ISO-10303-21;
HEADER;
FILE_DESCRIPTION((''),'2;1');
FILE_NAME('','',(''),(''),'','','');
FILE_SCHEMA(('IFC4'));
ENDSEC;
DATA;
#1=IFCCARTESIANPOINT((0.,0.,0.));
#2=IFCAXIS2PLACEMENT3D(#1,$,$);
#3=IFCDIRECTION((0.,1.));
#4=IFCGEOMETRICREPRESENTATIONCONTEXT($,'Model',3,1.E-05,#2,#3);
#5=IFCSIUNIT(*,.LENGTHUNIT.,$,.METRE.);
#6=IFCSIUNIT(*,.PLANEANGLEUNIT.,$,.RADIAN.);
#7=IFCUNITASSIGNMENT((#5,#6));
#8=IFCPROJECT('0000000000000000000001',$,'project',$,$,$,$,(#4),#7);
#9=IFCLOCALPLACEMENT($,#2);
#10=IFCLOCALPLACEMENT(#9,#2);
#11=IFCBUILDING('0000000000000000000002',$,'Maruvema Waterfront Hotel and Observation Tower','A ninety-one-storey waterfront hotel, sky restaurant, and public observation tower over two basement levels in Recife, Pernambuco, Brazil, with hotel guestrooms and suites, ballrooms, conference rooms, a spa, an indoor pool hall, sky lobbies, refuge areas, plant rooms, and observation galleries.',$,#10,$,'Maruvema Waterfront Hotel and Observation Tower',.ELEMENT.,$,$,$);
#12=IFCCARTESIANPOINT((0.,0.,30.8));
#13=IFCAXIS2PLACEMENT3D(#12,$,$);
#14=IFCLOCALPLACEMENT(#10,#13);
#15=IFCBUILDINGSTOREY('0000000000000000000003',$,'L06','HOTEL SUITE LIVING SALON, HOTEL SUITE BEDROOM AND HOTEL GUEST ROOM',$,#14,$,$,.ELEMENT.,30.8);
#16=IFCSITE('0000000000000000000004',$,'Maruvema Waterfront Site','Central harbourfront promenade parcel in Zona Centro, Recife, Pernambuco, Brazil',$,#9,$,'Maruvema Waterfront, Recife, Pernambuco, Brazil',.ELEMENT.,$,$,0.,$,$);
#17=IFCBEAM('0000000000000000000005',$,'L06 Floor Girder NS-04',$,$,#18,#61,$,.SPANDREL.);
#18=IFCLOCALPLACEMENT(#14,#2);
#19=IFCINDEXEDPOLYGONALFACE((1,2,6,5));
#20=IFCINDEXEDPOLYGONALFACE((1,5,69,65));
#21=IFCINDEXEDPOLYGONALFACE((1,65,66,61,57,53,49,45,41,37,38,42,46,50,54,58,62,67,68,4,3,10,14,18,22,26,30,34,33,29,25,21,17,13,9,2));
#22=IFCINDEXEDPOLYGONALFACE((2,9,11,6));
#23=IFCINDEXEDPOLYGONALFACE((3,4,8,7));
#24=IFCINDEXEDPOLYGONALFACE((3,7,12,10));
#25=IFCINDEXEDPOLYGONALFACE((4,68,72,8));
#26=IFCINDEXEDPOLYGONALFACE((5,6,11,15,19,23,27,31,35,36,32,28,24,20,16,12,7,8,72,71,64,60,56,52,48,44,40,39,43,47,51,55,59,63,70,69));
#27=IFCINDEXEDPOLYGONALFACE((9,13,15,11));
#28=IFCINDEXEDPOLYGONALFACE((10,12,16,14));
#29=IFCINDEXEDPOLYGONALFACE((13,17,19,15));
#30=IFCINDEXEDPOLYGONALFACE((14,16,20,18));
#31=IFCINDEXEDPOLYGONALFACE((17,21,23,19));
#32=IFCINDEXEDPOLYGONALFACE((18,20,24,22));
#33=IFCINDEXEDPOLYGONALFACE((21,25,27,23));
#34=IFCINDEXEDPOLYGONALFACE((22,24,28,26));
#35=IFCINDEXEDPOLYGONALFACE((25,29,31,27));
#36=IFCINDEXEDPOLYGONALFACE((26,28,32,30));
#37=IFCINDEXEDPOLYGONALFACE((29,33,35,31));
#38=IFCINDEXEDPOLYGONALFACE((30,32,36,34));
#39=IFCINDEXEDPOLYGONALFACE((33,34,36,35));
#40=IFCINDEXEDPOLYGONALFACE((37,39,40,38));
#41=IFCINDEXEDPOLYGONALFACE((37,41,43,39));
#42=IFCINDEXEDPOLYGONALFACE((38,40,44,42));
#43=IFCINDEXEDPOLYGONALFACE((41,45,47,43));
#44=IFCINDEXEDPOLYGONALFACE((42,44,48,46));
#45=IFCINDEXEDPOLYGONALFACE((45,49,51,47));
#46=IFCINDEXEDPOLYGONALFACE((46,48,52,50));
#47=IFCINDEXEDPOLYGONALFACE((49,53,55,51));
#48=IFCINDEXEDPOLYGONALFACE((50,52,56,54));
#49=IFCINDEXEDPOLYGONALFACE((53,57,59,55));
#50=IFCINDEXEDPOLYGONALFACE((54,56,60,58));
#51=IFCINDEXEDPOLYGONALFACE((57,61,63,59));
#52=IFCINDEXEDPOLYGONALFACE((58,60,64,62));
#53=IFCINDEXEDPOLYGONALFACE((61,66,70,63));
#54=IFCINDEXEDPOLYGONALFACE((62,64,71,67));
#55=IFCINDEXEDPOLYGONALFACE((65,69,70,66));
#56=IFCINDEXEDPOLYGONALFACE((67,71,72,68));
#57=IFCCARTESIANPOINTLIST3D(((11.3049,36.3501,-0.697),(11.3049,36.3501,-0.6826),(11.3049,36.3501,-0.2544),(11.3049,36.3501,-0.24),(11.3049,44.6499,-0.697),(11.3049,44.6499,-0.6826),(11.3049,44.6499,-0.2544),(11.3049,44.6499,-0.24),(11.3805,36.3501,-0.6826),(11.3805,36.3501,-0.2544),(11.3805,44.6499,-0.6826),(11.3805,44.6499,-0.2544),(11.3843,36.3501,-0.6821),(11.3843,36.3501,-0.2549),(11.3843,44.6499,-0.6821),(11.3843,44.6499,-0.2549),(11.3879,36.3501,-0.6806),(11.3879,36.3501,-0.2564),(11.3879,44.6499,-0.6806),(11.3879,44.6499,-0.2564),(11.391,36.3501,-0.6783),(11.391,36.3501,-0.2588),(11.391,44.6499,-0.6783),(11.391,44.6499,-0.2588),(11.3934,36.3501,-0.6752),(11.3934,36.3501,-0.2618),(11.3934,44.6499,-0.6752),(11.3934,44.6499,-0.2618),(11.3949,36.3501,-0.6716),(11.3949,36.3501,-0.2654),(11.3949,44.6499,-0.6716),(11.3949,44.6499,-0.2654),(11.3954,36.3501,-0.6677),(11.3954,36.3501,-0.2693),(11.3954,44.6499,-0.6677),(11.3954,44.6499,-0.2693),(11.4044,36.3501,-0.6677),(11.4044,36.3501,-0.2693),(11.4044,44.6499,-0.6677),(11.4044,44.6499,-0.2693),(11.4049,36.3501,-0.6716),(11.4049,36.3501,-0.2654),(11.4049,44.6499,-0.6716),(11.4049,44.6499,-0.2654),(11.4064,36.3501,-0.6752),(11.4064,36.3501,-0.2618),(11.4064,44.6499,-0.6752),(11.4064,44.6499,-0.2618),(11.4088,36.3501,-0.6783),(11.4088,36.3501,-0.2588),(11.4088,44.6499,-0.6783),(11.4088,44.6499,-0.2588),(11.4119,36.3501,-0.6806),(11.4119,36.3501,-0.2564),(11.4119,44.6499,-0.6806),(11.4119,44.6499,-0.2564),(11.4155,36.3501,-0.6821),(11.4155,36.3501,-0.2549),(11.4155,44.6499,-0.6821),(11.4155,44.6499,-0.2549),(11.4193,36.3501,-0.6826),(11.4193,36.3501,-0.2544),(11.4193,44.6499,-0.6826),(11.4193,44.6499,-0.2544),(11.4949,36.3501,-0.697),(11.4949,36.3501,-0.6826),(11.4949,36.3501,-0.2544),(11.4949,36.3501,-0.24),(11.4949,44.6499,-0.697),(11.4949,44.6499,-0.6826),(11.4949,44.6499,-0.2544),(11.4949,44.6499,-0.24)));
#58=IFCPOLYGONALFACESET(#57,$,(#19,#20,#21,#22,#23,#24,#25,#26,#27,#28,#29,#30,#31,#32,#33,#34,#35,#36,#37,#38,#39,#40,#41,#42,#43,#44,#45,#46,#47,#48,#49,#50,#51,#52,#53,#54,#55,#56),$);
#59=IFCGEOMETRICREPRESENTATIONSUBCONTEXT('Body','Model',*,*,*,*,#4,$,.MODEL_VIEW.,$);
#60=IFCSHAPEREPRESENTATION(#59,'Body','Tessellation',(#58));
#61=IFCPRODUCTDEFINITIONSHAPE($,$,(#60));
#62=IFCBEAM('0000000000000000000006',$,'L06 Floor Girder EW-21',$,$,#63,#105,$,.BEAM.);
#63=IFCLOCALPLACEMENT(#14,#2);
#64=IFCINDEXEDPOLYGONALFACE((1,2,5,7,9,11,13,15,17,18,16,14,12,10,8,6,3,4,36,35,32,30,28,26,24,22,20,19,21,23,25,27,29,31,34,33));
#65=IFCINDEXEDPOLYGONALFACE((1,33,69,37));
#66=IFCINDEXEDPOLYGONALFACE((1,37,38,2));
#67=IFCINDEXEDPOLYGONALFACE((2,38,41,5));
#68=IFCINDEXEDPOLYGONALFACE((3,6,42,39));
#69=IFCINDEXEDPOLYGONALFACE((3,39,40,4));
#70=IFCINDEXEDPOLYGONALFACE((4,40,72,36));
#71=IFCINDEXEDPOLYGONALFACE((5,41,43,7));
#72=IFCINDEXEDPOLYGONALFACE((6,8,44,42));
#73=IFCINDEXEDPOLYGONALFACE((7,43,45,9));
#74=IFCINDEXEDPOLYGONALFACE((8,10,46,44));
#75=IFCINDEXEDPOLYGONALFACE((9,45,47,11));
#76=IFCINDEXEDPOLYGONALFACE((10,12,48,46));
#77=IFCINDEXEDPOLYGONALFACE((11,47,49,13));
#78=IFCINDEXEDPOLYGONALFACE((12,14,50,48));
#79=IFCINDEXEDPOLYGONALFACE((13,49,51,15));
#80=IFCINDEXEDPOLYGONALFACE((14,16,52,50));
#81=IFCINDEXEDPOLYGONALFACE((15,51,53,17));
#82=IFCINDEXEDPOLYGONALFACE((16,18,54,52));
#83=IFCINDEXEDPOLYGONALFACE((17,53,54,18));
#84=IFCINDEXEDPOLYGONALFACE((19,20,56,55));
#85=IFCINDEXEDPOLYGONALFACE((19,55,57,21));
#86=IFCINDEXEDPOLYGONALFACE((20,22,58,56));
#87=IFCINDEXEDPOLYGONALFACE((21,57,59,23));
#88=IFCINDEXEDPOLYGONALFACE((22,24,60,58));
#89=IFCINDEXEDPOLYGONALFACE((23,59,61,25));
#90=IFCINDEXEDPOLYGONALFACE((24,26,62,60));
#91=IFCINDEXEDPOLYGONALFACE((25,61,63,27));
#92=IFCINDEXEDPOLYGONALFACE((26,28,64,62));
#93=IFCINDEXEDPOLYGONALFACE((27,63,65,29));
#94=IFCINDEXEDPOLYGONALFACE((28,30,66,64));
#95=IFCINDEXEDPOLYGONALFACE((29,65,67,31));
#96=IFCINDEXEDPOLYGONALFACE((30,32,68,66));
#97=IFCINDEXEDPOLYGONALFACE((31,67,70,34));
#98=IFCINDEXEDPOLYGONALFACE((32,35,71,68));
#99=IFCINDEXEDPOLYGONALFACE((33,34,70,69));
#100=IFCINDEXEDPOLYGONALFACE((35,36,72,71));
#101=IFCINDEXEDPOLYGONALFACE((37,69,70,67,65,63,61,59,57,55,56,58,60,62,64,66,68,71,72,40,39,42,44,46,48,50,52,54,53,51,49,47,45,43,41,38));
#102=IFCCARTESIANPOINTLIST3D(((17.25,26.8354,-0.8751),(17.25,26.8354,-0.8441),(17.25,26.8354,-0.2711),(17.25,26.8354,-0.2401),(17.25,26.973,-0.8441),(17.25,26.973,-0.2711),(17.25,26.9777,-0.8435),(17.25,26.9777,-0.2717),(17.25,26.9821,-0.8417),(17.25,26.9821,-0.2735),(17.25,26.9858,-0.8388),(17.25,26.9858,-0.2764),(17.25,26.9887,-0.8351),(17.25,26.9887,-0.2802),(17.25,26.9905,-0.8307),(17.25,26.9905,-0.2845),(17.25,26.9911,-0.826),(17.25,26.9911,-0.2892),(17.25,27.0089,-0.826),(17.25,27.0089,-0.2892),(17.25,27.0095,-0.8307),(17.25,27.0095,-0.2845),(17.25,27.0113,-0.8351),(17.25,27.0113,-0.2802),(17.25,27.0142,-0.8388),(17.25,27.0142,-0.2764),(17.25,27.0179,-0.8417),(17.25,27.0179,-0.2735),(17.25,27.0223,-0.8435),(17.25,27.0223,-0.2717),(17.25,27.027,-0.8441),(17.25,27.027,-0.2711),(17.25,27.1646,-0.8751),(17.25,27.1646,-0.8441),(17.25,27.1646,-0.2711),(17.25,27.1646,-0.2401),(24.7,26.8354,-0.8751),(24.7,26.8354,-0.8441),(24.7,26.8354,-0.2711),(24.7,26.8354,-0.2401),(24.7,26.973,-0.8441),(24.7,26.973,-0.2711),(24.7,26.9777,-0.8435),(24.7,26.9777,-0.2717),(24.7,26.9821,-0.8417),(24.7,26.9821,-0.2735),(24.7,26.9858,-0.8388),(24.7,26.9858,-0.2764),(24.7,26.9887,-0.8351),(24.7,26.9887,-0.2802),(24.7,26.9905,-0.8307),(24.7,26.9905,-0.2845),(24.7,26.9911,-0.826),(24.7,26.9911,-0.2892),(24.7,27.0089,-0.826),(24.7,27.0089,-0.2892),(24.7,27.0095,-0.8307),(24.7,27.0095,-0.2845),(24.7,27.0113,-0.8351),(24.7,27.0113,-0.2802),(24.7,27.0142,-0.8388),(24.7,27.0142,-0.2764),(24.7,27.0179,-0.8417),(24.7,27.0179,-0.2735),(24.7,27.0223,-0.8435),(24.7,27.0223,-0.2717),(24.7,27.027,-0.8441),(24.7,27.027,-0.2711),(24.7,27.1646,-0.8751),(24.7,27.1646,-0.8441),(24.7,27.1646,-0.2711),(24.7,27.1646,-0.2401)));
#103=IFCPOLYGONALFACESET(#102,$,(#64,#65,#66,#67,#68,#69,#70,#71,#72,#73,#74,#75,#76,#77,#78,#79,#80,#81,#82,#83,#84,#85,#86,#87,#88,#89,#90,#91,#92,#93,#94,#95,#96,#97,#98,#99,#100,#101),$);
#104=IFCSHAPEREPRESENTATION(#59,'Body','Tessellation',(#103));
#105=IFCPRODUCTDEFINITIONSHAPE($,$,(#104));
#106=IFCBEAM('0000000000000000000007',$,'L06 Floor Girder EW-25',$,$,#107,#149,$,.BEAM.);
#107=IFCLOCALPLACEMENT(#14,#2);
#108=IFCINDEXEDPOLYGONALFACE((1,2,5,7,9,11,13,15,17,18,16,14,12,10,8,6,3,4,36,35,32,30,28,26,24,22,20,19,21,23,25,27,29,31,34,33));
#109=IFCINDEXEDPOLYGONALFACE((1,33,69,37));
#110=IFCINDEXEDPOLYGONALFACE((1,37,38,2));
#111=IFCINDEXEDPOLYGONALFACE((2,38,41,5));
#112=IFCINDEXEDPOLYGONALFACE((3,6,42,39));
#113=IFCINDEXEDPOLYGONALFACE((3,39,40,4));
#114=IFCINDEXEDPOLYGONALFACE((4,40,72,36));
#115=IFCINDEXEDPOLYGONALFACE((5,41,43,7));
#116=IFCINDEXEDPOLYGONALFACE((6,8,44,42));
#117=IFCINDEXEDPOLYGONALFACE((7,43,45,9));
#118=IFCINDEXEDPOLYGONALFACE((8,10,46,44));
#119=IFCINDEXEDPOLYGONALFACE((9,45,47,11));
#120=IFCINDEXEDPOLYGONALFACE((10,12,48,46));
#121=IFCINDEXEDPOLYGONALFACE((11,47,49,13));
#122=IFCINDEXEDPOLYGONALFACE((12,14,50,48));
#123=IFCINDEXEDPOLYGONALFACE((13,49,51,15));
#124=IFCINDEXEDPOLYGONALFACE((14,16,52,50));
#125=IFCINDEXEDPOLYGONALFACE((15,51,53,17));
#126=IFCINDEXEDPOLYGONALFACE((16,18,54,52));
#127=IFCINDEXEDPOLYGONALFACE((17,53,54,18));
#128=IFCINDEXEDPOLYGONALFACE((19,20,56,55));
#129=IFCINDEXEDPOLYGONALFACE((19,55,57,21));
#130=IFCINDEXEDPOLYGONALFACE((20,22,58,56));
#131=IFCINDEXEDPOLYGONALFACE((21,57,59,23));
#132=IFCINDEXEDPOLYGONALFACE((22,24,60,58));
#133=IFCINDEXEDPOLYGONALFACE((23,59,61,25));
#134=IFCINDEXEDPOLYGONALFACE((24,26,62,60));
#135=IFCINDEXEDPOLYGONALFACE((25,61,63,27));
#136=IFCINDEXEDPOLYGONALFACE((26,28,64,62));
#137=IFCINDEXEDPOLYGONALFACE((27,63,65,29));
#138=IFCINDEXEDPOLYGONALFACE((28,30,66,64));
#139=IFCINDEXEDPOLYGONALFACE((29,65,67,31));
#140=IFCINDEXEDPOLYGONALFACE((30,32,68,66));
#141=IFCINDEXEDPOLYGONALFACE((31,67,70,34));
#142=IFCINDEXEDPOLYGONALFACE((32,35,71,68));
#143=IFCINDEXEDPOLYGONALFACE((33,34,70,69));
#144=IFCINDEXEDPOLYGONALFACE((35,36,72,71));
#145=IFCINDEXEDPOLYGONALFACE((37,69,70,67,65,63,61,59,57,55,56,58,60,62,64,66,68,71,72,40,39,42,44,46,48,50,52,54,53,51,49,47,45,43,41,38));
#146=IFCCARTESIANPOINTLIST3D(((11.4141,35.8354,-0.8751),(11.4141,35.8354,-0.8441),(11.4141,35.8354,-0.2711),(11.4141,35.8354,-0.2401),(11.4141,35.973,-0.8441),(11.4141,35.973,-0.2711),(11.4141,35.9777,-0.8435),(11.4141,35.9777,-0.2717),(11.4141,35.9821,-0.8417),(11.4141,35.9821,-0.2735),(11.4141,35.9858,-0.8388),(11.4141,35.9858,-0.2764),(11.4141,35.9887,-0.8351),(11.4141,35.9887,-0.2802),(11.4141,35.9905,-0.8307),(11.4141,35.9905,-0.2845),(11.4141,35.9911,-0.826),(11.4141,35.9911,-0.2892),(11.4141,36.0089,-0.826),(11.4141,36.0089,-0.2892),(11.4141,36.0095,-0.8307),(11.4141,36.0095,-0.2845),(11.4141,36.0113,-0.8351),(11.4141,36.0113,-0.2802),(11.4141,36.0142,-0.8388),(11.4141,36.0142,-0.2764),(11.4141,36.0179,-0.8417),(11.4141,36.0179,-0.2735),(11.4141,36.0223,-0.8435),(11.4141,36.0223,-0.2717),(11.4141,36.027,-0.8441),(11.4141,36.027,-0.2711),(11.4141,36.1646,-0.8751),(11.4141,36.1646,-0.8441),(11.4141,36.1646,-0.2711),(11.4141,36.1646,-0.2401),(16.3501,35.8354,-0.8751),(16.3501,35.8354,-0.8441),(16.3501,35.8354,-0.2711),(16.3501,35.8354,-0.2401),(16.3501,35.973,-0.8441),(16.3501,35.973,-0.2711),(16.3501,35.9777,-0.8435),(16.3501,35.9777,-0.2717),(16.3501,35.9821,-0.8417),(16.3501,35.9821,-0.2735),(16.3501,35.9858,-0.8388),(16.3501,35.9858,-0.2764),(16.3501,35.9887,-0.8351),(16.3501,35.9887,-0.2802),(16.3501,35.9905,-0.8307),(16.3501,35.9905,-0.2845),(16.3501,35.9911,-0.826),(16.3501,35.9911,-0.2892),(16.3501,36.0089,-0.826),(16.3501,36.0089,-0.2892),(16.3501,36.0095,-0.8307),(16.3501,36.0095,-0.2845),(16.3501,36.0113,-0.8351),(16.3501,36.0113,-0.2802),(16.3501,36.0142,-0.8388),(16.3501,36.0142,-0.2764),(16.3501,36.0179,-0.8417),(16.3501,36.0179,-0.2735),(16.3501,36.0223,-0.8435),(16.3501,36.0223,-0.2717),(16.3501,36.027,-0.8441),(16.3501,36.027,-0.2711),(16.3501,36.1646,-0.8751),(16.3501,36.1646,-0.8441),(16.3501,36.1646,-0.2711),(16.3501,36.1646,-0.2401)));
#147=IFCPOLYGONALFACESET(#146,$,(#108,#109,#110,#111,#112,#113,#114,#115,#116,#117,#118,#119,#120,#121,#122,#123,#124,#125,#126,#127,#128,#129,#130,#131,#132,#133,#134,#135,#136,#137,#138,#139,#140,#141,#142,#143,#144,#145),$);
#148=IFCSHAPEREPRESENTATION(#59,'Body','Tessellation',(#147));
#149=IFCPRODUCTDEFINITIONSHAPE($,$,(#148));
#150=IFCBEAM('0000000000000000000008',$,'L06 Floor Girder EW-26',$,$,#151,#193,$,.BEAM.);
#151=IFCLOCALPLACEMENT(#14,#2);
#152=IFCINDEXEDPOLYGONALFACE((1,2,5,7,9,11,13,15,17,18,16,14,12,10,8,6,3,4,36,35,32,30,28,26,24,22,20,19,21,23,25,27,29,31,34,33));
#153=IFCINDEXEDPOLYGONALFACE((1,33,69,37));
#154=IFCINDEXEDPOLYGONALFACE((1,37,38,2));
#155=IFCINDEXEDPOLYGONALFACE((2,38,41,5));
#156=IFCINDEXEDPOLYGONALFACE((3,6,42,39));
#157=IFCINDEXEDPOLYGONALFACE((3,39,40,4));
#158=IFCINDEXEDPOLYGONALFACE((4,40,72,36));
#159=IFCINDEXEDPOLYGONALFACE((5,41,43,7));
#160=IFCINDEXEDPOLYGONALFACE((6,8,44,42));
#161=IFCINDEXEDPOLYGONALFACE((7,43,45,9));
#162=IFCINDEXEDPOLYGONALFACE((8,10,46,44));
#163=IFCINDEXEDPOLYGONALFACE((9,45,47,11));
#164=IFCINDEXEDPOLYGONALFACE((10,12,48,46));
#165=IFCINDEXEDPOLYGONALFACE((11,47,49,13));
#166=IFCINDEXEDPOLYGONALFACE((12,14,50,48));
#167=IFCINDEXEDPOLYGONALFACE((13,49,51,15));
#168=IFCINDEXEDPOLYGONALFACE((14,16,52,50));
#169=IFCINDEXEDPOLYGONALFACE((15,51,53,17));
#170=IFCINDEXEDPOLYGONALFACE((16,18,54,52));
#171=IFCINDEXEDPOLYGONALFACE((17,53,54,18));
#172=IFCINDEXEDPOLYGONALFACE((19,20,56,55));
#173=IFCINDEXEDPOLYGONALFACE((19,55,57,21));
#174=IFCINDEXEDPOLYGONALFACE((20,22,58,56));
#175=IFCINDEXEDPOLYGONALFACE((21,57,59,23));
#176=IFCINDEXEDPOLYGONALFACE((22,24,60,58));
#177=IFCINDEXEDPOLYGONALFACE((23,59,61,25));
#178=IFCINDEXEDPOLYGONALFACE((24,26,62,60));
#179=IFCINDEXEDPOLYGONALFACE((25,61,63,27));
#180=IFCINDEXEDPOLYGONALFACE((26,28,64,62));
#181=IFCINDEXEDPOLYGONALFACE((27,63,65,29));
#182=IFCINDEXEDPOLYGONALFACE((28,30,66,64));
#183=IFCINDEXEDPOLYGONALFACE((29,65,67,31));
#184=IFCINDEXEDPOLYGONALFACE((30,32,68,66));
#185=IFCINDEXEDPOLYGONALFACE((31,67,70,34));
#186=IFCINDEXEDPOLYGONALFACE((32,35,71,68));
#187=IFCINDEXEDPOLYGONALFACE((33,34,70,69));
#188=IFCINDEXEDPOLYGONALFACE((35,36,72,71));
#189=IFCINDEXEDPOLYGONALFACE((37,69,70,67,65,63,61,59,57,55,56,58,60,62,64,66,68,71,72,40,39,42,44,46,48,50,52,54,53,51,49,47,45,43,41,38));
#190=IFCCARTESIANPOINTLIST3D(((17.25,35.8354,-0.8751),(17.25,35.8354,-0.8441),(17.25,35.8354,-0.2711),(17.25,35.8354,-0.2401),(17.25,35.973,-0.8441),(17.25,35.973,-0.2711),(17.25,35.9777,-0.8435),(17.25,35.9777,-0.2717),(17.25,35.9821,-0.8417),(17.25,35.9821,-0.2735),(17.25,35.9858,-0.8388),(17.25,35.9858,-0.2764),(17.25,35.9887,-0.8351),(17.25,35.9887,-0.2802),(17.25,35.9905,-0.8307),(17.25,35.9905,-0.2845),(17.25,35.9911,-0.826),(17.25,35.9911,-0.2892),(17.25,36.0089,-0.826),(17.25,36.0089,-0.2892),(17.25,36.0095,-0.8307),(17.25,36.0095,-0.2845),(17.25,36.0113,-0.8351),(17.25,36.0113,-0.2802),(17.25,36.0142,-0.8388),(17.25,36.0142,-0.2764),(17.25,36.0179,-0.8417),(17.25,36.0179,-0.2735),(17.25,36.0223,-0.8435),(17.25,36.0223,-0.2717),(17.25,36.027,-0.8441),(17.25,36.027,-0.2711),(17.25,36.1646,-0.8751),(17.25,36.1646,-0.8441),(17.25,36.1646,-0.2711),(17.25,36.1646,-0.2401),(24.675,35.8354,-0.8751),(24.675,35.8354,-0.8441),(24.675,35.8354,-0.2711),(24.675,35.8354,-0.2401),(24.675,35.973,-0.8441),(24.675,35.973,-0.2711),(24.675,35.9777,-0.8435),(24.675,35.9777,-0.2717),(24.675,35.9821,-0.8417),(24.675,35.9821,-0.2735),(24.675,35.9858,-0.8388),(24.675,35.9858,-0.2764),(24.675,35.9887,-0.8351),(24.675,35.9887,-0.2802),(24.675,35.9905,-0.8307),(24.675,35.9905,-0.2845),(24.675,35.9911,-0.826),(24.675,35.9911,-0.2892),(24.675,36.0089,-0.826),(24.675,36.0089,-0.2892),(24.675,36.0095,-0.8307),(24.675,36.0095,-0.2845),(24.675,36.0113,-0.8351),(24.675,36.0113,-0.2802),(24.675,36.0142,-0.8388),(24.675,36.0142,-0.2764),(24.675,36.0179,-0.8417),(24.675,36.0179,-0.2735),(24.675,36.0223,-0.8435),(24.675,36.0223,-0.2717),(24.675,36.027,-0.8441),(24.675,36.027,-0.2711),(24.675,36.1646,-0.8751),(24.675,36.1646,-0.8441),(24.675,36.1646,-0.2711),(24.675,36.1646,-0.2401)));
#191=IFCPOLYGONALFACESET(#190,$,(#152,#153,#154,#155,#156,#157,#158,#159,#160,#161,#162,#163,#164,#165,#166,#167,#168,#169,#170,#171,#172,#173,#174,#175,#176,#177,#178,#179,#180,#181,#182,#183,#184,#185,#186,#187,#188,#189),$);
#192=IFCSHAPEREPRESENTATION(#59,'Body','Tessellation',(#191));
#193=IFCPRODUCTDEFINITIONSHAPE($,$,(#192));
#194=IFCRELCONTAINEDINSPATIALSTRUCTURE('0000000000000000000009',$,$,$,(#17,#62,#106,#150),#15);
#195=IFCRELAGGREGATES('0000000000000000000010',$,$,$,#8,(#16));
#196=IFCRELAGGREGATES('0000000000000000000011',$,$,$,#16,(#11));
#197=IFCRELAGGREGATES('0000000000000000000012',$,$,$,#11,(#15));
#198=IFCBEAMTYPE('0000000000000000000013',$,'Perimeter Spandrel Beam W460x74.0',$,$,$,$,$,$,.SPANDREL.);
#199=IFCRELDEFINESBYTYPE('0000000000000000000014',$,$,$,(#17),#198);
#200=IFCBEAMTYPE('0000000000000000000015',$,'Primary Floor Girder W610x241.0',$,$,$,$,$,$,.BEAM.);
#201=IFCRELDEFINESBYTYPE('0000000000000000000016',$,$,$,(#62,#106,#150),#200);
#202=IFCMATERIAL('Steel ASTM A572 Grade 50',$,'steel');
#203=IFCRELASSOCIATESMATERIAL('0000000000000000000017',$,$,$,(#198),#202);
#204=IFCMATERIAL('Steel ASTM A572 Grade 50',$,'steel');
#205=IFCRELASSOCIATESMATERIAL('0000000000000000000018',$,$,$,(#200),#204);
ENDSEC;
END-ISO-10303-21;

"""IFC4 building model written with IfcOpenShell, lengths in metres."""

from ifc_helpers import new_model, si_unit, direction, frame, origin, origin_2d, place, context, subcontext, project, spatial, i_section, extrude, material, material_profile, profile_set, type_object, element, save


model = new_model("IFC4")

# Units and contexts
model_context = context("Model", 3, precision=1e-05, world=origin(), true_north=direction((0.0, 1.0)))
body_context = subcontext(model_context, "Body", "Model", "MODEL_VIEW")
ifc_project = project(units=[si_unit("LENGTHUNIT", "METRE"), si_unit("PLANEANGLEUNIT", "RADIAN")], contexts=[model_context])

# Site, building, storey
site_placement = place(None, origin())
site = spatial("IfcSite", under=ifc_project, at=site_placement, Name="Maruvema Waterfront Site", Description="Central harbourfront promenade parcel in Zona Centro, Recife, Pernambuco, Brazil", LongName="Maruvema Waterfront, Recife, Pernambuco, Brazil", CompositionType="ELEMENT", RefElevation=0.0)
building_placement = place(site_placement, origin())
building = spatial("IfcBuilding", under=site, at=building_placement, Name="Maruvema Waterfront Hotel and Observation Tower", Description="A ninety-one-storey waterfront hotel, sky restaurant, and public observation tower over two basement levels in Recife, Pernambuco, Brazil, with hotel guestrooms and suites, ballrooms, conference rooms, a spa, an indoor pool hall, sky lobbies, refuge areas, plant rooms, and observation galleries.", LongName="Maruvema Waterfront Hotel and Observation Tower", CompositionType="ELEMENT")
storey_placement = place(building_placement, frame((0.0, 0.0, 30.8)))
storey = spatial("IfcBuildingStorey", under=building, at=storey_placement, Name="L06", Description="HOTEL SUITE LIVING SALON, HOTEL SUITE BEDROOM AND HOTEL GUEST ROOM", CompositionType="ELEMENT", Elevation=30.8)

# Beams
ifc_material_1 = material(Name="Steel ASTM A572 Grade 50", Category="steel")
ifc_material_profile_1 = material_profile(ifc_material_1, i_section(OverallWidth=0.1899, OverallDepth=0.457, WebThickness=0.009, FlangeThickness=0.0144, FilletRadius=0.0149, at=origin_2d()), Name="W460x74.0")
ifc_profile_set_1 = profile_set([ifc_material_profile_1], Name="Steel ASTM A572 Grade 50")
beam_type_1 = type_object("IfcBeamType", Name="Perimeter Spandrel Beam W460x74.0", PredefinedType="SPANDREL", material=ifc_profile_set_1)
for number, where, z_axis, x_axis, name in (
    (1, (11.3999, 36.3501, -0.4685), (0.0, 1.0, 0.0), (-1.0, 0.0, 0.0), "L06 Floor Girder NS-04"),
):
    element("IfcBeam", number, at=place(storey_placement, frame(where, z_axis=z_axis, x_axis=x_axis)), inside=storey, type_object=beam_type_1, Name=name, PredefinedType="SPANDREL", context=body_context, shape_type="SweptSolid", body=[
        extrude(i_section(OverallWidth=0.1899, OverallDepth=0.457, WebThickness=0.009, FlangeThickness=0.0144, FilletRadius=0.0149, at=origin_2d()), origin(), (0.0, 0.0, 1.0), 8.2998),
    ])
ifc_material_2 = material(Name="Steel ASTM A572 Grade 50", Category="steel")
ifc_material_profile_2 = material_profile(ifc_material_2, i_section(OverallWidth=0.3291, OverallDepth=0.635, WebThickness=0.0178, FlangeThickness=0.031, FilletRadius=0.0181, at=origin_2d()), Name="W610x241.0")
ifc_profile_set_2 = profile_set([ifc_material_profile_2], Name="Steel ASTM A572 Grade 50")
beam_type_2 = type_object("IfcBeamType", Name="Primary Floor Girder W610x241.0", PredefinedType="BEAM", material=ifc_profile_set_2)
beam_1_placement = place(storey_placement, frame((17.25, 27.0, -0.5576), z_axis=(1.0, 0.0, 0.0), x_axis=(0.0, 1.0, 0.0)))
element("IfcBeam", 2, at=beam_1_placement, inside=storey, type_object=beam_type_2, Name="L06 Floor Girder EW-21", PredefinedType="BEAM", context=body_context, shape_type="SweptSolid", body=[
    extrude(i_section(OverallWidth=0.3291, OverallDepth=0.635, WebThickness=0.0178, FlangeThickness=0.031, FilletRadius=0.0181, at=origin_2d()), origin(), (0.0, 0.0, 1.0), 7.45),
])
beam_2_placement = place(storey_placement, frame((11.4141, 36.0, -0.5576), z_axis=(1.0, 0.0, 0.0), x_axis=(0.0, 1.0, 0.0)))
element("IfcBeam", 3, at=beam_2_placement, inside=storey, type_object=beam_type_2, Name="L06 Floor Girder EW-25", PredefinedType="BEAM", context=body_context, shape_type="SweptSolid", body=[
    extrude(i_section(OverallWidth=0.3291, OverallDepth=0.635, WebThickness=0.0178, FlangeThickness=0.031, FilletRadius=0.0181, at=origin_2d()), origin(), (0.0, 0.0, 1.0), 4.936),
])
beam_3_placement = place(storey_placement, frame((17.25, 36.0, -0.5576), z_axis=(1.0, 0.0, 0.0), x_axis=(0.0, 1.0, 0.0)))
element("IfcBeam", 4, at=beam_3_placement, inside=storey, type_object=beam_type_2, Name="L06 Floor Girder EW-26", PredefinedType="BEAM", context=body_context, shape_type="SweptSolid", body=[
    extrude(i_section(OverallWidth=0.3291, OverallDepth=0.635, WebThickness=0.0178, FlangeThickness=0.031, FilletRadius=0.0181, at=origin_2d()), origin(), (0.0, 0.0, 1.0), 7.425),
])

save(model, "model.ifc")
